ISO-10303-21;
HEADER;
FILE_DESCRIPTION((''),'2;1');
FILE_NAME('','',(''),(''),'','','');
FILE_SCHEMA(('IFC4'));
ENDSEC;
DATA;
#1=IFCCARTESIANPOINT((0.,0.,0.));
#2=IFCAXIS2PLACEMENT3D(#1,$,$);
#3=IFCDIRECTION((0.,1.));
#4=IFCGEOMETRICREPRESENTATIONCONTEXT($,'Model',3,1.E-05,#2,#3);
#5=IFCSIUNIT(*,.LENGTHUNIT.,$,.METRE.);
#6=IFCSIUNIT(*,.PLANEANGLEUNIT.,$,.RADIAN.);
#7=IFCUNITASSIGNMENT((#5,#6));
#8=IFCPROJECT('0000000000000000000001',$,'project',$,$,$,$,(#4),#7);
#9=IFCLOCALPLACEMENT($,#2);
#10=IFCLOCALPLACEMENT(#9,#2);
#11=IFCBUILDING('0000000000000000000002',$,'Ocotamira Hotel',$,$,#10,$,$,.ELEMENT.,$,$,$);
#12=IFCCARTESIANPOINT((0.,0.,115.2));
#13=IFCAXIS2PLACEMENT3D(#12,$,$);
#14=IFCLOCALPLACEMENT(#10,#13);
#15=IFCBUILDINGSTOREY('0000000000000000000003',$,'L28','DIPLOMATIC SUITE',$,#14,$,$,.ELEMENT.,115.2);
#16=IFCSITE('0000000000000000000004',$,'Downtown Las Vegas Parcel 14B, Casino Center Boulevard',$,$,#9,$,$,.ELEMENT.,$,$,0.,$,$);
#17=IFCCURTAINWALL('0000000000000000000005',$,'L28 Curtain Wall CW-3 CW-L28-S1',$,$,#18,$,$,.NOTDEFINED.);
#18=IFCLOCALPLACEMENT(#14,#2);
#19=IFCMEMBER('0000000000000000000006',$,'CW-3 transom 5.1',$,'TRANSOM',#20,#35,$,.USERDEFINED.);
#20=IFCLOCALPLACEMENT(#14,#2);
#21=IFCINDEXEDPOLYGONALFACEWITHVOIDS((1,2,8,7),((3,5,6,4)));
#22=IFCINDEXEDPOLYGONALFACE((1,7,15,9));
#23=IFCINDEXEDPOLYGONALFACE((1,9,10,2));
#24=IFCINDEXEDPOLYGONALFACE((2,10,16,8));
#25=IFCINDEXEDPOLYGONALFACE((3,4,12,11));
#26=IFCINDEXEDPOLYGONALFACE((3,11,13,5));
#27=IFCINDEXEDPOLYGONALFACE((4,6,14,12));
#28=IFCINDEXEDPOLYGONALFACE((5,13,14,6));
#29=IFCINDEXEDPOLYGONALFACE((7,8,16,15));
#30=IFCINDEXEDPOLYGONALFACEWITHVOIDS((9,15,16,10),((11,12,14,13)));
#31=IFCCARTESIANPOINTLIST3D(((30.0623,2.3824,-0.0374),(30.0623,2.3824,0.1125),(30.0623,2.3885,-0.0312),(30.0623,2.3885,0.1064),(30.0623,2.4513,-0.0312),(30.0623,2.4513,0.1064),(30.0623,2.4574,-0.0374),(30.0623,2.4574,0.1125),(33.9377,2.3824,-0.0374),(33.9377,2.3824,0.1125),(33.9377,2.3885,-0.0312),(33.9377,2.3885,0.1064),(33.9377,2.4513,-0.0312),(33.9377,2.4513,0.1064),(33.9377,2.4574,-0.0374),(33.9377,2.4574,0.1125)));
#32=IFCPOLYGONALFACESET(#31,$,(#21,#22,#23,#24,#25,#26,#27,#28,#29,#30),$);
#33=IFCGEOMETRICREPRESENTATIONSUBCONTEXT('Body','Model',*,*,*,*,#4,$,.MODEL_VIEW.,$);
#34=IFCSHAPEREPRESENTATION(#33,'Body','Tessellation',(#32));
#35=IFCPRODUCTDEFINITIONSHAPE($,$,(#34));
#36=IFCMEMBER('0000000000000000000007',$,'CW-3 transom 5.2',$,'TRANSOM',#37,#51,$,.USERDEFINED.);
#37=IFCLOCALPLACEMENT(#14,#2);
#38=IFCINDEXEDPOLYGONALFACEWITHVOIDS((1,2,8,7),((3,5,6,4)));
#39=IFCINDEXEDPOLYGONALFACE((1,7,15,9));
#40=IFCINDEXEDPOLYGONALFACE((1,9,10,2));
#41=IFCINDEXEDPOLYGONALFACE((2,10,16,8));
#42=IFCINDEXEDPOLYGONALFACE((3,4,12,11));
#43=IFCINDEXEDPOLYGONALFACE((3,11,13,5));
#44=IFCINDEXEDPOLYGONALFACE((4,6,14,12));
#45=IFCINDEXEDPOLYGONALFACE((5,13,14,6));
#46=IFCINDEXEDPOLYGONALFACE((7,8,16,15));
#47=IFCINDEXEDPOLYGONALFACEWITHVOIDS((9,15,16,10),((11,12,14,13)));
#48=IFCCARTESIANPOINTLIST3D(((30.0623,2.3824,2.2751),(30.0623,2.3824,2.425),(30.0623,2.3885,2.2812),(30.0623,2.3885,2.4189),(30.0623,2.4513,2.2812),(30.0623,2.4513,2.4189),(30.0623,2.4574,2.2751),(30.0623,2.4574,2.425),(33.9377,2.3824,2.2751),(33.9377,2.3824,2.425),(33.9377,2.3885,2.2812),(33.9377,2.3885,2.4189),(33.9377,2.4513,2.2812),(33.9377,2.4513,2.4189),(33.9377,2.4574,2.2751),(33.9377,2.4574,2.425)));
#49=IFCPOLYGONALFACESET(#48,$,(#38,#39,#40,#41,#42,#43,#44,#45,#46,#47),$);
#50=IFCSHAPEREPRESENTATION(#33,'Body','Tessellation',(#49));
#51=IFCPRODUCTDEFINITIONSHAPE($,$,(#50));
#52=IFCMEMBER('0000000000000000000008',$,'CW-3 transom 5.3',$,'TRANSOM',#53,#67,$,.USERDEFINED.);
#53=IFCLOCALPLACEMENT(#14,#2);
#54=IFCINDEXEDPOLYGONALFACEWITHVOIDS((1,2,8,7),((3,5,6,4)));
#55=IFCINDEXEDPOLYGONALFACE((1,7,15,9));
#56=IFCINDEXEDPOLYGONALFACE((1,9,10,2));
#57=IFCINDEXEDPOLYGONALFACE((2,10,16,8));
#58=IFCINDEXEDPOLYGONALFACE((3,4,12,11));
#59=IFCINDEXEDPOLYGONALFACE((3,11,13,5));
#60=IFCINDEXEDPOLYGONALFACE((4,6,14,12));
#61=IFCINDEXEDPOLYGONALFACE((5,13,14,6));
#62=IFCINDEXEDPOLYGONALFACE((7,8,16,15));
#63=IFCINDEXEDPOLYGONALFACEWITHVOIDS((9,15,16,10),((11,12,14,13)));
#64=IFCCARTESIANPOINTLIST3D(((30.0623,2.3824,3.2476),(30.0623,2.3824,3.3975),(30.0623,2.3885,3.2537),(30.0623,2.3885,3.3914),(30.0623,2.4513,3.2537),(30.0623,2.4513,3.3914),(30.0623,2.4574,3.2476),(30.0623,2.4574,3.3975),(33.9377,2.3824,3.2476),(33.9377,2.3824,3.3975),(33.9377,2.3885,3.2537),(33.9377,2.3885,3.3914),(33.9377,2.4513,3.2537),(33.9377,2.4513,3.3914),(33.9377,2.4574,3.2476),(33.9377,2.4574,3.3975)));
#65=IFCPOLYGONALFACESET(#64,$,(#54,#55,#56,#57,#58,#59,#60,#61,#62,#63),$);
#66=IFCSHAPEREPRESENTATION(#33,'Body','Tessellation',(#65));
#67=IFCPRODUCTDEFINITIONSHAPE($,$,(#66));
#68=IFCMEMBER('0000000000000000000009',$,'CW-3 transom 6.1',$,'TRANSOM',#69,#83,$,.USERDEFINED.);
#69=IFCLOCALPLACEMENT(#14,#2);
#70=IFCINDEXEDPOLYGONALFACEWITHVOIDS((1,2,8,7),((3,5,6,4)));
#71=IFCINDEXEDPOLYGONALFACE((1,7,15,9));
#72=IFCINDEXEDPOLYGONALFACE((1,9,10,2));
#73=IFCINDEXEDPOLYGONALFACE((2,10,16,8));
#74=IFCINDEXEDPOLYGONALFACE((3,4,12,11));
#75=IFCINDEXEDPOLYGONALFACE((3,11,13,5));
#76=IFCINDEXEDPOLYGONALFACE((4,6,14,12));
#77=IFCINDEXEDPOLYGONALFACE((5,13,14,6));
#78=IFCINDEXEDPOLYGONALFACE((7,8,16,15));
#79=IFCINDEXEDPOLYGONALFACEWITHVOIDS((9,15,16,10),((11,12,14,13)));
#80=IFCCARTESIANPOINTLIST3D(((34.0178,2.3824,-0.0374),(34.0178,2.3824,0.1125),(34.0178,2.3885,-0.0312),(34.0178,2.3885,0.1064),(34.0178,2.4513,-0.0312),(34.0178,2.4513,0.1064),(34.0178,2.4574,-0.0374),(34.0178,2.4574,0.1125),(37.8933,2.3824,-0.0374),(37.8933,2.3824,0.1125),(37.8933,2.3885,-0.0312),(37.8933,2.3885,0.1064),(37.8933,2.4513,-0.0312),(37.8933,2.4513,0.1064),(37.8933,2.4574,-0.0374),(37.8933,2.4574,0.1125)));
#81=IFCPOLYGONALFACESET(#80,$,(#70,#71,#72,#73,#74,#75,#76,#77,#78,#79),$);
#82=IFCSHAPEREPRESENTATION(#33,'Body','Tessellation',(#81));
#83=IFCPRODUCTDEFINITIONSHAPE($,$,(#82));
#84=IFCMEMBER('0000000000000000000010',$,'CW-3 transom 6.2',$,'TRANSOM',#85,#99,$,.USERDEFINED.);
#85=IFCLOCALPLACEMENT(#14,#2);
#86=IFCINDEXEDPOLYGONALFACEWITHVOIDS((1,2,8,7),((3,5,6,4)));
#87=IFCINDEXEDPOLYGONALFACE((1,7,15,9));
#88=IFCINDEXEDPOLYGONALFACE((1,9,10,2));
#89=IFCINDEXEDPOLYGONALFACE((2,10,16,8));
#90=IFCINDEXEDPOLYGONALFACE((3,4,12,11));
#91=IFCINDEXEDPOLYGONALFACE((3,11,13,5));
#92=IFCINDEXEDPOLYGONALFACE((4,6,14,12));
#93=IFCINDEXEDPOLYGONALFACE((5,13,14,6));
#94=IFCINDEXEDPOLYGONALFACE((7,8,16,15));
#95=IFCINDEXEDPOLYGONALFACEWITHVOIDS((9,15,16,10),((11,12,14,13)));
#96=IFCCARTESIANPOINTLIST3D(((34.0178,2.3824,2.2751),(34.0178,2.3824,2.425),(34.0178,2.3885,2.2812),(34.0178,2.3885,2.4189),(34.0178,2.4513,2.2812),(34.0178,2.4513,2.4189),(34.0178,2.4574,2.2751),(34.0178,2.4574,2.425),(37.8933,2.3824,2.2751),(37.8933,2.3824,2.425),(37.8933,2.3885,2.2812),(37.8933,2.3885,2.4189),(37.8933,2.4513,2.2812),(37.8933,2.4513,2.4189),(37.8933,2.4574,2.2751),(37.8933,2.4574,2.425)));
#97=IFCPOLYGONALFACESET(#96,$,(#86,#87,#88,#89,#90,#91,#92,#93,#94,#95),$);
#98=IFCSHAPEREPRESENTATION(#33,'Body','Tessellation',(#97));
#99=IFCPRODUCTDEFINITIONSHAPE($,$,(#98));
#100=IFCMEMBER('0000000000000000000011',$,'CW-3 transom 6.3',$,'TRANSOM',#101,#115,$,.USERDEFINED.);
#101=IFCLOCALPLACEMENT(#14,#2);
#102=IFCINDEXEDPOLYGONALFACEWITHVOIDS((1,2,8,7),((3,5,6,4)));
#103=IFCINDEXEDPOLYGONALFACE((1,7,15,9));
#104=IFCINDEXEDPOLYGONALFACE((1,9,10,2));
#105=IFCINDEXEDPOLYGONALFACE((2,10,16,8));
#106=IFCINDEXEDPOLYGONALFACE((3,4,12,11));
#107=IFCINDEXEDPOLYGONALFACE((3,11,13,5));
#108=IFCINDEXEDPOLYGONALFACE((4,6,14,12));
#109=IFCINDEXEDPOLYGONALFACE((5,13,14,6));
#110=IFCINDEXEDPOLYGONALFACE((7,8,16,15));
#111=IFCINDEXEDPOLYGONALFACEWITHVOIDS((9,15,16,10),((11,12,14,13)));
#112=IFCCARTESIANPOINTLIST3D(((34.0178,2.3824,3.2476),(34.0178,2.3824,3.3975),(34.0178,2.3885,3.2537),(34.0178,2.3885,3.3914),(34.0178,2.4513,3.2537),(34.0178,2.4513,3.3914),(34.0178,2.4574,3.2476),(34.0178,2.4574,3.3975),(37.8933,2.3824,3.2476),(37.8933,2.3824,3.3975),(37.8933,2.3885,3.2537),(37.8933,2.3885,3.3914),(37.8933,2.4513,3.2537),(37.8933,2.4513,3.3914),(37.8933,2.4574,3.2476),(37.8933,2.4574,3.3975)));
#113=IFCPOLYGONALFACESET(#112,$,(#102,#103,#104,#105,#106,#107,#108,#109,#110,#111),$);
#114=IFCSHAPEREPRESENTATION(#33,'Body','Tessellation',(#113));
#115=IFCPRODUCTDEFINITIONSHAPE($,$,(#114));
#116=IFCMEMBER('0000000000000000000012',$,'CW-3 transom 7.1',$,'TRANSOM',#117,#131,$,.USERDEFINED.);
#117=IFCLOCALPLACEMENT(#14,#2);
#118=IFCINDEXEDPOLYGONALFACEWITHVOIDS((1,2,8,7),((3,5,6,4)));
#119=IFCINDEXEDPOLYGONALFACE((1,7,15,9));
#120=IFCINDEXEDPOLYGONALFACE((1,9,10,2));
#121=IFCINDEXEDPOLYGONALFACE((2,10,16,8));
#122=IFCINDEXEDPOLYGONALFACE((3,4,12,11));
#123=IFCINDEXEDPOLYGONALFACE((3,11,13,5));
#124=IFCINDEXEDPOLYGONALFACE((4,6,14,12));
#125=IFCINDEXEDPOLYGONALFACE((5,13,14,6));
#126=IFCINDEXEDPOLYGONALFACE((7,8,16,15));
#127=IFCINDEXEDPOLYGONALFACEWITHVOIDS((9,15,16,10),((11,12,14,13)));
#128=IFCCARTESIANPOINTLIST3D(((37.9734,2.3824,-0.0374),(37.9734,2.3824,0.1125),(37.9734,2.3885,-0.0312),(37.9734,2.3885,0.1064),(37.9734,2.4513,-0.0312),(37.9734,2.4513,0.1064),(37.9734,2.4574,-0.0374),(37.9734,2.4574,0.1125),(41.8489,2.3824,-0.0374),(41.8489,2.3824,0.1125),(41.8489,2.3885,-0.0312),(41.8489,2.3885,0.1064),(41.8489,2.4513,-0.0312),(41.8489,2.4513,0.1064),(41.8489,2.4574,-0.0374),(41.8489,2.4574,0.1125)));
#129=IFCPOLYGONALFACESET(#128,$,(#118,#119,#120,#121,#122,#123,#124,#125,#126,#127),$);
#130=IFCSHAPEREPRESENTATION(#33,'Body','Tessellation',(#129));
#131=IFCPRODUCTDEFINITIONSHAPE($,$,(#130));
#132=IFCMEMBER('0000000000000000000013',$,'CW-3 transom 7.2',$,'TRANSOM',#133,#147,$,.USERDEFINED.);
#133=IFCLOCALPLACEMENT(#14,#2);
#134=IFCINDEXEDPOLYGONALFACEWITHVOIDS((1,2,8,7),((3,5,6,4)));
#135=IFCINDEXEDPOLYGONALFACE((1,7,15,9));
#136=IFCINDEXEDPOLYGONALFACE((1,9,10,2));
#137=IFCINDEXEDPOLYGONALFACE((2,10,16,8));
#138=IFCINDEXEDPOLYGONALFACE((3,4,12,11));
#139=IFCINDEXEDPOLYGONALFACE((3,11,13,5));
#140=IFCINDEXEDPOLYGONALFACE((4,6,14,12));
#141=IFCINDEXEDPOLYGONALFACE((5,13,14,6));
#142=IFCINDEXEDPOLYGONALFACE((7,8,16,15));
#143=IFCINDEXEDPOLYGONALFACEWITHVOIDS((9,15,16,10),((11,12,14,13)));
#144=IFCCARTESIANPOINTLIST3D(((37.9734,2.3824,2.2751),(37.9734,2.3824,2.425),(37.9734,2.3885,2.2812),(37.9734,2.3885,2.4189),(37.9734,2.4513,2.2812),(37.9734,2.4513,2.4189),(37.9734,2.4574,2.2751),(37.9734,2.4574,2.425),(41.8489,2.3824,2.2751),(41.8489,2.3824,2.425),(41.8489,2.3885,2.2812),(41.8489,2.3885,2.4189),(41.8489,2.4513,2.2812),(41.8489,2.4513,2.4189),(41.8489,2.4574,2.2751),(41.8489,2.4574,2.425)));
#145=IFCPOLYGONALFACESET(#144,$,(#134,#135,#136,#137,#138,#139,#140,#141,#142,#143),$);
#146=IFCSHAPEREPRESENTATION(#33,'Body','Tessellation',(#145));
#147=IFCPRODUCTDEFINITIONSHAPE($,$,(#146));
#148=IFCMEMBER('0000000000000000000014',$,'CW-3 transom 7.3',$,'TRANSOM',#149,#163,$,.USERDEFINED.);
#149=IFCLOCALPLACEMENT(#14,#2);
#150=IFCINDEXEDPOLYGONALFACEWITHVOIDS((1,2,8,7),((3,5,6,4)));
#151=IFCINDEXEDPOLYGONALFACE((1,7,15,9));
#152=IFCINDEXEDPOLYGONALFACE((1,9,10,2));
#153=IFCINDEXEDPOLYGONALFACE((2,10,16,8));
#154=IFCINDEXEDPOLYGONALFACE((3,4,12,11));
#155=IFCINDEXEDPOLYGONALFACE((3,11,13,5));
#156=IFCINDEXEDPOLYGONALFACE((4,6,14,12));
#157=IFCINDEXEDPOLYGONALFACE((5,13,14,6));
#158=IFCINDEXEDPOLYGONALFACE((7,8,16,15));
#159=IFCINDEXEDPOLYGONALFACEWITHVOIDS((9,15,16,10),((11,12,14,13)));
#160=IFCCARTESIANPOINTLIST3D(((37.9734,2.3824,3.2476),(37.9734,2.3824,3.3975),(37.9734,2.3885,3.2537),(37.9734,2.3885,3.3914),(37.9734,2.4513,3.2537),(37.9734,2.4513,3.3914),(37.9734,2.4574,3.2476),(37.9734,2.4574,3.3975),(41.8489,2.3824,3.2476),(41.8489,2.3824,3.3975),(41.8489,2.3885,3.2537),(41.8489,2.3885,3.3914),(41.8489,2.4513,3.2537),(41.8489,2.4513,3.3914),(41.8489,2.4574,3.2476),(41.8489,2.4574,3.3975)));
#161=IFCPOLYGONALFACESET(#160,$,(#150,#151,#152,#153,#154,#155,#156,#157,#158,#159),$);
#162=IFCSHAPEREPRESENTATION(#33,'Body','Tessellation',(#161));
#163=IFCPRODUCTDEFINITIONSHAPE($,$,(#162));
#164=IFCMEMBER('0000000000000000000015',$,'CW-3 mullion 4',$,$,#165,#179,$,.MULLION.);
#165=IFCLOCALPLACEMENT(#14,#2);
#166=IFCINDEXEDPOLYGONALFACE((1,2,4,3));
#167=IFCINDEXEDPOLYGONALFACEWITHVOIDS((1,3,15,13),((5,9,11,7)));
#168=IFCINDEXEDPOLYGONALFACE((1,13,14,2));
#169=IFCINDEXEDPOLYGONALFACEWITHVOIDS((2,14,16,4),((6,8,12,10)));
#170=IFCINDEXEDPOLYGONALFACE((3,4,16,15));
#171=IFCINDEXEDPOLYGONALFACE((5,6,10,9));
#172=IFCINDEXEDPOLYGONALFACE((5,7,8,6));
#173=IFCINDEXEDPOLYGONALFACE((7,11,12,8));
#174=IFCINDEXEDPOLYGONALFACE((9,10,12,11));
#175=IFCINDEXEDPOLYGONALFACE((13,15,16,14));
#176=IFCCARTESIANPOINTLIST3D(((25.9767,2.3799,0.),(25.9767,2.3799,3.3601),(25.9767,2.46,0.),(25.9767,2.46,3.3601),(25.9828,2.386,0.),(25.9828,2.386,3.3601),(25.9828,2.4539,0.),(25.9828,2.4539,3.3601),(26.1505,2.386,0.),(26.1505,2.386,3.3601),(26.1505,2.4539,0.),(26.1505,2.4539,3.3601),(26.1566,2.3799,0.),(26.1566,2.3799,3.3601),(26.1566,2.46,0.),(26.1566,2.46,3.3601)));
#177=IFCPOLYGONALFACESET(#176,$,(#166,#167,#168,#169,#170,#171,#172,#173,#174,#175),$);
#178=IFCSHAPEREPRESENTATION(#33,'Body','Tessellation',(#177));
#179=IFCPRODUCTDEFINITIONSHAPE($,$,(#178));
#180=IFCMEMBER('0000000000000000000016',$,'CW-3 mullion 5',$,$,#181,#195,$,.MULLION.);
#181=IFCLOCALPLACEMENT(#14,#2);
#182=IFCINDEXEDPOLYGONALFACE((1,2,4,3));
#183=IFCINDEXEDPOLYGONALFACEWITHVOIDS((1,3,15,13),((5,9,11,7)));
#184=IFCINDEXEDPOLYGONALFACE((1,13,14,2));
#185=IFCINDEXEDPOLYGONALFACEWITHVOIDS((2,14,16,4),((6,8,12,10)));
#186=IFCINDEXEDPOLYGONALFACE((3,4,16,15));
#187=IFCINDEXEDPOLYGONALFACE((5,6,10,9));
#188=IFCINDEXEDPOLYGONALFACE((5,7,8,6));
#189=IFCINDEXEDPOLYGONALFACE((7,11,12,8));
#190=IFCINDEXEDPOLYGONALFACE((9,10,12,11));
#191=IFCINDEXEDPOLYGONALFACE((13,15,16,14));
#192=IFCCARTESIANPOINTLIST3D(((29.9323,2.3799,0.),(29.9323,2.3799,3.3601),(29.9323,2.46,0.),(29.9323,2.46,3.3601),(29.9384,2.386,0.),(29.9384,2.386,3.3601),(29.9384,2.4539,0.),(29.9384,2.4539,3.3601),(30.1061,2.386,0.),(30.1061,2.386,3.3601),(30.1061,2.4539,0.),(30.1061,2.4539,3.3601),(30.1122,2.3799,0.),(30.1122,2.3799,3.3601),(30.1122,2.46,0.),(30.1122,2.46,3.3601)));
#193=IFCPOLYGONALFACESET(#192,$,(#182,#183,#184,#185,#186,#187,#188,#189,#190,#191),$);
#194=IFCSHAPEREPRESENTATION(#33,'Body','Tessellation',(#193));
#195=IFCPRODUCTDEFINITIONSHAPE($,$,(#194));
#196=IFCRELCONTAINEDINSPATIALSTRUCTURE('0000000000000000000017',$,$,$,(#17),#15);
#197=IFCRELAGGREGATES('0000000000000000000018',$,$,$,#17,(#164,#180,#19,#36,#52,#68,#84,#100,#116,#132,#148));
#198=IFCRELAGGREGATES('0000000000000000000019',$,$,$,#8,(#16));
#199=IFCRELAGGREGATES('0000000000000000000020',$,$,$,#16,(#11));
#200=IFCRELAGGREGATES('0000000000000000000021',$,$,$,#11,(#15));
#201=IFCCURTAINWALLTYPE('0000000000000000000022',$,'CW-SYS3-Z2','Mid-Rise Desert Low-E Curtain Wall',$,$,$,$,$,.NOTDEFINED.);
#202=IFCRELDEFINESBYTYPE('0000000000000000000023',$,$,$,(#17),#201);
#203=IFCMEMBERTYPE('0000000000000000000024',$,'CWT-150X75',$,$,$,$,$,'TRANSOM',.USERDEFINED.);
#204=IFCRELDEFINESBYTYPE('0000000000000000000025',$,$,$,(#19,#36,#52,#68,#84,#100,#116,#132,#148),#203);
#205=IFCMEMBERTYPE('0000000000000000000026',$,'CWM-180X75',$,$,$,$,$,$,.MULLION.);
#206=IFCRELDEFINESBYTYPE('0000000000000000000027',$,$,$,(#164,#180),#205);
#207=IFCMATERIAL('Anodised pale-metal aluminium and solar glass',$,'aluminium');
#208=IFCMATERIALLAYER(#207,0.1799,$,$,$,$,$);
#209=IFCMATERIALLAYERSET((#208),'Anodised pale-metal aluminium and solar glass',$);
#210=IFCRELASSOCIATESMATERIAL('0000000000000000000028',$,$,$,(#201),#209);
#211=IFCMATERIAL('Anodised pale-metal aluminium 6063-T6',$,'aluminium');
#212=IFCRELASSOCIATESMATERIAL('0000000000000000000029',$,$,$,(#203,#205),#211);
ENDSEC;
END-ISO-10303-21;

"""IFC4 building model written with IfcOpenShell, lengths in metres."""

from ifc_helpers import new_model, si_unit, direction, frame, origin, origin_2d, place, context, subcontext, project, spatial, hollow_rectangle, extrude, source, transform, mapped, material, layer, layer_set, material_profile, profile_set, type_object, element, aggregate, save


model = new_model("IFC4")

# Units and contexts
model_context = context("Model", 3, precision=1e-05, world=origin(), true_north=direction((0.0, 1.0)))
body_context = subcontext(model_context, "Body", "Model", "MODEL_VIEW")
ifc_project = project(units=[si_unit("LENGTHUNIT", "METRE"), si_unit("PLANEANGLEUNIT", "RADIAN")], contexts=[model_context])

# Site, building, storey
site_placement = place(None, origin())
site = spatial("IfcSite", under=ifc_project, at=site_placement, Name="Downtown Las Vegas Parcel 14B, Casino Center Boulevard", CompositionType="ELEMENT", RefElevation=0.0)
building_placement = place(site_placement, origin())
building = spatial("IfcBuilding", under=site, at=building_placement, Name="Ocotamira Hotel", CompositionType="ELEMENT")
storey_placement = place(building_placement, frame((0.0, 0.0, 115.2)))
storey = spatial("IfcBuildingStorey", under=building, at=storey_placement, Name="L28", Description="DIPLOMATIC SUITE", CompositionType="ELEMENT", Elevation=115.2)

# Curtain wall, members
ifc_material_1 = material(Name="Anodised pale-metal aluminium and solar glass", Category="aluminium")
ifc_layer_1 = layer(ifc_material_1, 0.1799)
ifc_layer_set_1 = layer_set([ifc_layer_1], Name="Anodised pale-metal aluminium and solar glass")
curtain_wall_type = type_object("IfcCurtainWallType", Name="CW-SYS3-Z2", Description="Mid-Rise Desert Low-E Curtain Wall", PredefinedType="NOTDEFINED", material=ifc_layer_set_1)
curtain_wall_placement = place(storey_placement, origin())
curtain_wall = element("IfcCurtainWall", 1, at=curtain_wall_placement, inside=storey, type_object=curtain_wall_type, Name="L28 Curtain Wall CW-3 CW-L28-S1", PredefinedType="NOTDEFINED")
ifc_material_2 = material(Name="Anodised pale-metal aluminium 6063-T6", Category="aluminium")
ifc_material_profile_1 = material_profile(ifc_material_2, hollow_rectangle(XDim=0.075, YDim=0.1499, WallThickness=0.0061, at=origin_2d()), Name="HSS150X75X6")
ifc_profile_set_1 = profile_set([ifc_material_profile_1], Name="Anodised pale-metal aluminium 6063-T6")
member_type_1 = type_object("IfcMemberType", Name="CWT-150X75", ElementType="TRANSOM", PredefinedType="USERDEFINED", material=ifc_profile_set_1)
shared_shape_1 = source(origin(), body_context, "Body", "SweptSolid", [
    extrude(hollow_rectangle(XDim=0.075, YDim=0.1499, WallThickness=0.0061, at=origin_2d()), origin(), (0.0, 0.0, 1.0), 3.8755),
])
member_1_placement = place(storey_placement, frame((30.0623, 2.4199, 0.0376), z_axis=(1.0, 0.0, 0.0), x_axis=(0.0, 1.0, 0.0)))
member_1 = element("IfcMember", 2, at=member_1_placement, type_object=member_type_1, Name="CW-3 transom 5.1", ObjectType="TRANSOM", PredefinedType="USERDEFINED", context=body_context, shape_type="MappedRepresentation", body=[
    mapped(shared_shape_1, transform((0.0, 0.0, 0.0), scale=1.0)),
])
member_2_placement = place(storey_placement, frame((30.0623, 2.4199, 2.3501), z_axis=(1.0, 0.0, 0.0), x_axis=(0.0, 1.0, 0.0)))
member_2 = element("IfcMember", 3, at=member_2_placement, type_object=member_type_1, Name="CW-3 transom 5.2", ObjectType="TRANSOM", PredefinedType="USERDEFINED", context=body_context, shape_type="MappedRepresentation", body=[
    mapped(shared_shape_1, transform((0.0, 0.0, 0.0), scale=1.0)),
])
member_3_placement = place(storey_placement, frame((30.0623, 2.4199, 3.3225), z_axis=(1.0, 0.0, 0.0), x_axis=(0.0, 1.0, 0.0)))
member_3 = element("IfcMember", 4, at=member_3_placement, type_object=member_type_1, Name="CW-3 transom 5.3", ObjectType="TRANSOM", PredefinedType="USERDEFINED", context=body_context, shape_type="MappedRepresentation", body=[
    mapped(shared_shape_1, transform((0.0, 0.0, 0.0), scale=1.0)),
])
member_4_placement = place(storey_placement, frame((34.0178, 2.4199, 0.0376), z_axis=(1.0, 0.0, 0.0), x_axis=(0.0, 1.0, 0.0)))
member_4 = element("IfcMember", 5, at=member_4_placement, type_object=member_type_1, Name="CW-3 transom 6.1", ObjectType="TRANSOM", PredefinedType="USERDEFINED", context=body_context, shape_type="MappedRepresentation", body=[
    mapped(shared_shape_1, transform((0.0, 0.0, 0.0), scale=1.0)),
])
member_5_placement = place(storey_placement, frame((34.0178, 2.4199, 2.3501), z_axis=(1.0, 0.0, 0.0), x_axis=(0.0, 1.0, 0.0)))
member_5 = element("IfcMember", 6, at=member_5_placement, type_object=member_type_1, Name="CW-3 transom 6.2", ObjectType="TRANSOM", PredefinedType="USERDEFINED", context=body_context, shape_type="MappedRepresentation", body=[
    mapped(shared_shape_1, transform((0.0, 0.0, 0.0), scale=1.0)),
])
member_6_placement = place(storey_placement, frame((34.0178, 2.4199, 3.3225), z_axis=(1.0, 0.0, 0.0), x_axis=(0.0, 1.0, 0.0)))
member_6 = element("IfcMember", 7, at=member_6_placement, type_object=member_type_1, Name="CW-3 transom 6.3", ObjectType="TRANSOM", PredefinedType="USERDEFINED", context=body_context, shape_type="MappedRepresentation", body=[
    mapped(shared_shape_1, transform((0.0, 0.0, 0.0), scale=1.0)),
])
member_7_placement = place(storey_placement, frame((37.9734, 2.4199, 0.0376), z_axis=(1.0, 0.0, 0.0), x_axis=(0.0, 1.0, 0.0)))
member_7 = element("IfcMember", 8, at=member_7_placement, type_object=member_type_1, Name="CW-3 transom 7.1", ObjectType="TRANSOM", PredefinedType="USERDEFINED", context=body_context, shape_type="MappedRepresentation", body=[
    mapped(shared_shape_1, transform((0.0, 0.0, 0.0), scale=1.0)),
])
member_8_placement = place(storey_placement, frame((37.9734, 2.4199, 2.3501), z_axis=(1.0, 0.0, 0.0), x_axis=(0.0, 1.0, 0.0)))
member_8 = element("IfcMember", 9, at=member_8_placement, type_object=member_type_1, Name="CW-3 transom 7.2", ObjectType="TRANSOM", PredefinedType="USERDEFINED", context=body_context, shape_type="MappedRepresentation", body=[
    mapped(shared_shape_1, transform((0.0, 0.0, 0.0), scale=1.0)),
])
member_9_placement = place(storey_placement, frame((37.9734, 2.4199, 3.3225), z_axis=(1.0, 0.0, 0.0), x_axis=(0.0, 1.0, 0.0)))
member_9 = element("IfcMember", 10, at=member_9_placement, type_object=member_type_1, Name="CW-3 transom 7.3", ObjectType="TRANSOM", PredefinedType="USERDEFINED", context=body_context, shape_type="MappedRepresentation", body=[
    mapped(shared_shape_1, transform((0.0, 0.0, 0.0), scale=1.0)),
])
ifc_material_profile_2 = material_profile(ifc_material_2, hollow_rectangle(XDim=0.0801, YDim=0.1799, WallThickness=0.0061, at=origin_2d()), Name="HSS180X80X6")
ifc_profile_set_2 = profile_set([ifc_material_profile_2], Name="Anodised pale-metal aluminium 6063-T6")
member_type_2 = type_object("IfcMemberType", Name="CWM-180X75", PredefinedType="MULLION", material=ifc_profile_set_2)
shared_shape_2 = source(origin(), body_context, "Body", "SweptSolid", [
    extrude(hollow_rectangle(XDim=0.0801, YDim=0.1799, WallThickness=0.0061, at=origin_2d()), origin(), (0.0, 0.0, 1.0), 3.3601),
])
member_10_placement = place(storey_placement, frame((26.0667, 2.4199, 0.0), z_axis=(0.0, 0.0, 1.0), x_axis=(0.0, 1.0, 0.0)))
member_10 = element("IfcMember", 11, at=member_10_placement, type_object=member_type_2, Name="CW-3 mullion 4", PredefinedType="MULLION", context=body_context, shape_type="MappedRepresentation", body=[
    mapped(shared_shape_2, transform((0.0, 0.0, 0.0), scale=1.0)),
])
member_11_placement = place(storey_placement, frame((30.0222, 2.4199, 0.0), z_axis=(0.0, 0.0, 1.0), x_axis=(0.0, 1.0, 0.0)))
member_11 = element("IfcMember", 12, at=member_11_placement, type_object=member_type_2, Name="CW-3 mullion 5", PredefinedType="MULLION", context=body_context, shape_type="MappedRepresentation", body=[
    mapped(shared_shape_2, transform((0.0, 0.0, 0.0), scale=1.0)),
])

aggregate(curtain_wall, [member_10, member_11, member_1, member_2, member_3, member_4, member_5, member_6, member_7, member_8, member_9])

save(model, "model.ifc")
